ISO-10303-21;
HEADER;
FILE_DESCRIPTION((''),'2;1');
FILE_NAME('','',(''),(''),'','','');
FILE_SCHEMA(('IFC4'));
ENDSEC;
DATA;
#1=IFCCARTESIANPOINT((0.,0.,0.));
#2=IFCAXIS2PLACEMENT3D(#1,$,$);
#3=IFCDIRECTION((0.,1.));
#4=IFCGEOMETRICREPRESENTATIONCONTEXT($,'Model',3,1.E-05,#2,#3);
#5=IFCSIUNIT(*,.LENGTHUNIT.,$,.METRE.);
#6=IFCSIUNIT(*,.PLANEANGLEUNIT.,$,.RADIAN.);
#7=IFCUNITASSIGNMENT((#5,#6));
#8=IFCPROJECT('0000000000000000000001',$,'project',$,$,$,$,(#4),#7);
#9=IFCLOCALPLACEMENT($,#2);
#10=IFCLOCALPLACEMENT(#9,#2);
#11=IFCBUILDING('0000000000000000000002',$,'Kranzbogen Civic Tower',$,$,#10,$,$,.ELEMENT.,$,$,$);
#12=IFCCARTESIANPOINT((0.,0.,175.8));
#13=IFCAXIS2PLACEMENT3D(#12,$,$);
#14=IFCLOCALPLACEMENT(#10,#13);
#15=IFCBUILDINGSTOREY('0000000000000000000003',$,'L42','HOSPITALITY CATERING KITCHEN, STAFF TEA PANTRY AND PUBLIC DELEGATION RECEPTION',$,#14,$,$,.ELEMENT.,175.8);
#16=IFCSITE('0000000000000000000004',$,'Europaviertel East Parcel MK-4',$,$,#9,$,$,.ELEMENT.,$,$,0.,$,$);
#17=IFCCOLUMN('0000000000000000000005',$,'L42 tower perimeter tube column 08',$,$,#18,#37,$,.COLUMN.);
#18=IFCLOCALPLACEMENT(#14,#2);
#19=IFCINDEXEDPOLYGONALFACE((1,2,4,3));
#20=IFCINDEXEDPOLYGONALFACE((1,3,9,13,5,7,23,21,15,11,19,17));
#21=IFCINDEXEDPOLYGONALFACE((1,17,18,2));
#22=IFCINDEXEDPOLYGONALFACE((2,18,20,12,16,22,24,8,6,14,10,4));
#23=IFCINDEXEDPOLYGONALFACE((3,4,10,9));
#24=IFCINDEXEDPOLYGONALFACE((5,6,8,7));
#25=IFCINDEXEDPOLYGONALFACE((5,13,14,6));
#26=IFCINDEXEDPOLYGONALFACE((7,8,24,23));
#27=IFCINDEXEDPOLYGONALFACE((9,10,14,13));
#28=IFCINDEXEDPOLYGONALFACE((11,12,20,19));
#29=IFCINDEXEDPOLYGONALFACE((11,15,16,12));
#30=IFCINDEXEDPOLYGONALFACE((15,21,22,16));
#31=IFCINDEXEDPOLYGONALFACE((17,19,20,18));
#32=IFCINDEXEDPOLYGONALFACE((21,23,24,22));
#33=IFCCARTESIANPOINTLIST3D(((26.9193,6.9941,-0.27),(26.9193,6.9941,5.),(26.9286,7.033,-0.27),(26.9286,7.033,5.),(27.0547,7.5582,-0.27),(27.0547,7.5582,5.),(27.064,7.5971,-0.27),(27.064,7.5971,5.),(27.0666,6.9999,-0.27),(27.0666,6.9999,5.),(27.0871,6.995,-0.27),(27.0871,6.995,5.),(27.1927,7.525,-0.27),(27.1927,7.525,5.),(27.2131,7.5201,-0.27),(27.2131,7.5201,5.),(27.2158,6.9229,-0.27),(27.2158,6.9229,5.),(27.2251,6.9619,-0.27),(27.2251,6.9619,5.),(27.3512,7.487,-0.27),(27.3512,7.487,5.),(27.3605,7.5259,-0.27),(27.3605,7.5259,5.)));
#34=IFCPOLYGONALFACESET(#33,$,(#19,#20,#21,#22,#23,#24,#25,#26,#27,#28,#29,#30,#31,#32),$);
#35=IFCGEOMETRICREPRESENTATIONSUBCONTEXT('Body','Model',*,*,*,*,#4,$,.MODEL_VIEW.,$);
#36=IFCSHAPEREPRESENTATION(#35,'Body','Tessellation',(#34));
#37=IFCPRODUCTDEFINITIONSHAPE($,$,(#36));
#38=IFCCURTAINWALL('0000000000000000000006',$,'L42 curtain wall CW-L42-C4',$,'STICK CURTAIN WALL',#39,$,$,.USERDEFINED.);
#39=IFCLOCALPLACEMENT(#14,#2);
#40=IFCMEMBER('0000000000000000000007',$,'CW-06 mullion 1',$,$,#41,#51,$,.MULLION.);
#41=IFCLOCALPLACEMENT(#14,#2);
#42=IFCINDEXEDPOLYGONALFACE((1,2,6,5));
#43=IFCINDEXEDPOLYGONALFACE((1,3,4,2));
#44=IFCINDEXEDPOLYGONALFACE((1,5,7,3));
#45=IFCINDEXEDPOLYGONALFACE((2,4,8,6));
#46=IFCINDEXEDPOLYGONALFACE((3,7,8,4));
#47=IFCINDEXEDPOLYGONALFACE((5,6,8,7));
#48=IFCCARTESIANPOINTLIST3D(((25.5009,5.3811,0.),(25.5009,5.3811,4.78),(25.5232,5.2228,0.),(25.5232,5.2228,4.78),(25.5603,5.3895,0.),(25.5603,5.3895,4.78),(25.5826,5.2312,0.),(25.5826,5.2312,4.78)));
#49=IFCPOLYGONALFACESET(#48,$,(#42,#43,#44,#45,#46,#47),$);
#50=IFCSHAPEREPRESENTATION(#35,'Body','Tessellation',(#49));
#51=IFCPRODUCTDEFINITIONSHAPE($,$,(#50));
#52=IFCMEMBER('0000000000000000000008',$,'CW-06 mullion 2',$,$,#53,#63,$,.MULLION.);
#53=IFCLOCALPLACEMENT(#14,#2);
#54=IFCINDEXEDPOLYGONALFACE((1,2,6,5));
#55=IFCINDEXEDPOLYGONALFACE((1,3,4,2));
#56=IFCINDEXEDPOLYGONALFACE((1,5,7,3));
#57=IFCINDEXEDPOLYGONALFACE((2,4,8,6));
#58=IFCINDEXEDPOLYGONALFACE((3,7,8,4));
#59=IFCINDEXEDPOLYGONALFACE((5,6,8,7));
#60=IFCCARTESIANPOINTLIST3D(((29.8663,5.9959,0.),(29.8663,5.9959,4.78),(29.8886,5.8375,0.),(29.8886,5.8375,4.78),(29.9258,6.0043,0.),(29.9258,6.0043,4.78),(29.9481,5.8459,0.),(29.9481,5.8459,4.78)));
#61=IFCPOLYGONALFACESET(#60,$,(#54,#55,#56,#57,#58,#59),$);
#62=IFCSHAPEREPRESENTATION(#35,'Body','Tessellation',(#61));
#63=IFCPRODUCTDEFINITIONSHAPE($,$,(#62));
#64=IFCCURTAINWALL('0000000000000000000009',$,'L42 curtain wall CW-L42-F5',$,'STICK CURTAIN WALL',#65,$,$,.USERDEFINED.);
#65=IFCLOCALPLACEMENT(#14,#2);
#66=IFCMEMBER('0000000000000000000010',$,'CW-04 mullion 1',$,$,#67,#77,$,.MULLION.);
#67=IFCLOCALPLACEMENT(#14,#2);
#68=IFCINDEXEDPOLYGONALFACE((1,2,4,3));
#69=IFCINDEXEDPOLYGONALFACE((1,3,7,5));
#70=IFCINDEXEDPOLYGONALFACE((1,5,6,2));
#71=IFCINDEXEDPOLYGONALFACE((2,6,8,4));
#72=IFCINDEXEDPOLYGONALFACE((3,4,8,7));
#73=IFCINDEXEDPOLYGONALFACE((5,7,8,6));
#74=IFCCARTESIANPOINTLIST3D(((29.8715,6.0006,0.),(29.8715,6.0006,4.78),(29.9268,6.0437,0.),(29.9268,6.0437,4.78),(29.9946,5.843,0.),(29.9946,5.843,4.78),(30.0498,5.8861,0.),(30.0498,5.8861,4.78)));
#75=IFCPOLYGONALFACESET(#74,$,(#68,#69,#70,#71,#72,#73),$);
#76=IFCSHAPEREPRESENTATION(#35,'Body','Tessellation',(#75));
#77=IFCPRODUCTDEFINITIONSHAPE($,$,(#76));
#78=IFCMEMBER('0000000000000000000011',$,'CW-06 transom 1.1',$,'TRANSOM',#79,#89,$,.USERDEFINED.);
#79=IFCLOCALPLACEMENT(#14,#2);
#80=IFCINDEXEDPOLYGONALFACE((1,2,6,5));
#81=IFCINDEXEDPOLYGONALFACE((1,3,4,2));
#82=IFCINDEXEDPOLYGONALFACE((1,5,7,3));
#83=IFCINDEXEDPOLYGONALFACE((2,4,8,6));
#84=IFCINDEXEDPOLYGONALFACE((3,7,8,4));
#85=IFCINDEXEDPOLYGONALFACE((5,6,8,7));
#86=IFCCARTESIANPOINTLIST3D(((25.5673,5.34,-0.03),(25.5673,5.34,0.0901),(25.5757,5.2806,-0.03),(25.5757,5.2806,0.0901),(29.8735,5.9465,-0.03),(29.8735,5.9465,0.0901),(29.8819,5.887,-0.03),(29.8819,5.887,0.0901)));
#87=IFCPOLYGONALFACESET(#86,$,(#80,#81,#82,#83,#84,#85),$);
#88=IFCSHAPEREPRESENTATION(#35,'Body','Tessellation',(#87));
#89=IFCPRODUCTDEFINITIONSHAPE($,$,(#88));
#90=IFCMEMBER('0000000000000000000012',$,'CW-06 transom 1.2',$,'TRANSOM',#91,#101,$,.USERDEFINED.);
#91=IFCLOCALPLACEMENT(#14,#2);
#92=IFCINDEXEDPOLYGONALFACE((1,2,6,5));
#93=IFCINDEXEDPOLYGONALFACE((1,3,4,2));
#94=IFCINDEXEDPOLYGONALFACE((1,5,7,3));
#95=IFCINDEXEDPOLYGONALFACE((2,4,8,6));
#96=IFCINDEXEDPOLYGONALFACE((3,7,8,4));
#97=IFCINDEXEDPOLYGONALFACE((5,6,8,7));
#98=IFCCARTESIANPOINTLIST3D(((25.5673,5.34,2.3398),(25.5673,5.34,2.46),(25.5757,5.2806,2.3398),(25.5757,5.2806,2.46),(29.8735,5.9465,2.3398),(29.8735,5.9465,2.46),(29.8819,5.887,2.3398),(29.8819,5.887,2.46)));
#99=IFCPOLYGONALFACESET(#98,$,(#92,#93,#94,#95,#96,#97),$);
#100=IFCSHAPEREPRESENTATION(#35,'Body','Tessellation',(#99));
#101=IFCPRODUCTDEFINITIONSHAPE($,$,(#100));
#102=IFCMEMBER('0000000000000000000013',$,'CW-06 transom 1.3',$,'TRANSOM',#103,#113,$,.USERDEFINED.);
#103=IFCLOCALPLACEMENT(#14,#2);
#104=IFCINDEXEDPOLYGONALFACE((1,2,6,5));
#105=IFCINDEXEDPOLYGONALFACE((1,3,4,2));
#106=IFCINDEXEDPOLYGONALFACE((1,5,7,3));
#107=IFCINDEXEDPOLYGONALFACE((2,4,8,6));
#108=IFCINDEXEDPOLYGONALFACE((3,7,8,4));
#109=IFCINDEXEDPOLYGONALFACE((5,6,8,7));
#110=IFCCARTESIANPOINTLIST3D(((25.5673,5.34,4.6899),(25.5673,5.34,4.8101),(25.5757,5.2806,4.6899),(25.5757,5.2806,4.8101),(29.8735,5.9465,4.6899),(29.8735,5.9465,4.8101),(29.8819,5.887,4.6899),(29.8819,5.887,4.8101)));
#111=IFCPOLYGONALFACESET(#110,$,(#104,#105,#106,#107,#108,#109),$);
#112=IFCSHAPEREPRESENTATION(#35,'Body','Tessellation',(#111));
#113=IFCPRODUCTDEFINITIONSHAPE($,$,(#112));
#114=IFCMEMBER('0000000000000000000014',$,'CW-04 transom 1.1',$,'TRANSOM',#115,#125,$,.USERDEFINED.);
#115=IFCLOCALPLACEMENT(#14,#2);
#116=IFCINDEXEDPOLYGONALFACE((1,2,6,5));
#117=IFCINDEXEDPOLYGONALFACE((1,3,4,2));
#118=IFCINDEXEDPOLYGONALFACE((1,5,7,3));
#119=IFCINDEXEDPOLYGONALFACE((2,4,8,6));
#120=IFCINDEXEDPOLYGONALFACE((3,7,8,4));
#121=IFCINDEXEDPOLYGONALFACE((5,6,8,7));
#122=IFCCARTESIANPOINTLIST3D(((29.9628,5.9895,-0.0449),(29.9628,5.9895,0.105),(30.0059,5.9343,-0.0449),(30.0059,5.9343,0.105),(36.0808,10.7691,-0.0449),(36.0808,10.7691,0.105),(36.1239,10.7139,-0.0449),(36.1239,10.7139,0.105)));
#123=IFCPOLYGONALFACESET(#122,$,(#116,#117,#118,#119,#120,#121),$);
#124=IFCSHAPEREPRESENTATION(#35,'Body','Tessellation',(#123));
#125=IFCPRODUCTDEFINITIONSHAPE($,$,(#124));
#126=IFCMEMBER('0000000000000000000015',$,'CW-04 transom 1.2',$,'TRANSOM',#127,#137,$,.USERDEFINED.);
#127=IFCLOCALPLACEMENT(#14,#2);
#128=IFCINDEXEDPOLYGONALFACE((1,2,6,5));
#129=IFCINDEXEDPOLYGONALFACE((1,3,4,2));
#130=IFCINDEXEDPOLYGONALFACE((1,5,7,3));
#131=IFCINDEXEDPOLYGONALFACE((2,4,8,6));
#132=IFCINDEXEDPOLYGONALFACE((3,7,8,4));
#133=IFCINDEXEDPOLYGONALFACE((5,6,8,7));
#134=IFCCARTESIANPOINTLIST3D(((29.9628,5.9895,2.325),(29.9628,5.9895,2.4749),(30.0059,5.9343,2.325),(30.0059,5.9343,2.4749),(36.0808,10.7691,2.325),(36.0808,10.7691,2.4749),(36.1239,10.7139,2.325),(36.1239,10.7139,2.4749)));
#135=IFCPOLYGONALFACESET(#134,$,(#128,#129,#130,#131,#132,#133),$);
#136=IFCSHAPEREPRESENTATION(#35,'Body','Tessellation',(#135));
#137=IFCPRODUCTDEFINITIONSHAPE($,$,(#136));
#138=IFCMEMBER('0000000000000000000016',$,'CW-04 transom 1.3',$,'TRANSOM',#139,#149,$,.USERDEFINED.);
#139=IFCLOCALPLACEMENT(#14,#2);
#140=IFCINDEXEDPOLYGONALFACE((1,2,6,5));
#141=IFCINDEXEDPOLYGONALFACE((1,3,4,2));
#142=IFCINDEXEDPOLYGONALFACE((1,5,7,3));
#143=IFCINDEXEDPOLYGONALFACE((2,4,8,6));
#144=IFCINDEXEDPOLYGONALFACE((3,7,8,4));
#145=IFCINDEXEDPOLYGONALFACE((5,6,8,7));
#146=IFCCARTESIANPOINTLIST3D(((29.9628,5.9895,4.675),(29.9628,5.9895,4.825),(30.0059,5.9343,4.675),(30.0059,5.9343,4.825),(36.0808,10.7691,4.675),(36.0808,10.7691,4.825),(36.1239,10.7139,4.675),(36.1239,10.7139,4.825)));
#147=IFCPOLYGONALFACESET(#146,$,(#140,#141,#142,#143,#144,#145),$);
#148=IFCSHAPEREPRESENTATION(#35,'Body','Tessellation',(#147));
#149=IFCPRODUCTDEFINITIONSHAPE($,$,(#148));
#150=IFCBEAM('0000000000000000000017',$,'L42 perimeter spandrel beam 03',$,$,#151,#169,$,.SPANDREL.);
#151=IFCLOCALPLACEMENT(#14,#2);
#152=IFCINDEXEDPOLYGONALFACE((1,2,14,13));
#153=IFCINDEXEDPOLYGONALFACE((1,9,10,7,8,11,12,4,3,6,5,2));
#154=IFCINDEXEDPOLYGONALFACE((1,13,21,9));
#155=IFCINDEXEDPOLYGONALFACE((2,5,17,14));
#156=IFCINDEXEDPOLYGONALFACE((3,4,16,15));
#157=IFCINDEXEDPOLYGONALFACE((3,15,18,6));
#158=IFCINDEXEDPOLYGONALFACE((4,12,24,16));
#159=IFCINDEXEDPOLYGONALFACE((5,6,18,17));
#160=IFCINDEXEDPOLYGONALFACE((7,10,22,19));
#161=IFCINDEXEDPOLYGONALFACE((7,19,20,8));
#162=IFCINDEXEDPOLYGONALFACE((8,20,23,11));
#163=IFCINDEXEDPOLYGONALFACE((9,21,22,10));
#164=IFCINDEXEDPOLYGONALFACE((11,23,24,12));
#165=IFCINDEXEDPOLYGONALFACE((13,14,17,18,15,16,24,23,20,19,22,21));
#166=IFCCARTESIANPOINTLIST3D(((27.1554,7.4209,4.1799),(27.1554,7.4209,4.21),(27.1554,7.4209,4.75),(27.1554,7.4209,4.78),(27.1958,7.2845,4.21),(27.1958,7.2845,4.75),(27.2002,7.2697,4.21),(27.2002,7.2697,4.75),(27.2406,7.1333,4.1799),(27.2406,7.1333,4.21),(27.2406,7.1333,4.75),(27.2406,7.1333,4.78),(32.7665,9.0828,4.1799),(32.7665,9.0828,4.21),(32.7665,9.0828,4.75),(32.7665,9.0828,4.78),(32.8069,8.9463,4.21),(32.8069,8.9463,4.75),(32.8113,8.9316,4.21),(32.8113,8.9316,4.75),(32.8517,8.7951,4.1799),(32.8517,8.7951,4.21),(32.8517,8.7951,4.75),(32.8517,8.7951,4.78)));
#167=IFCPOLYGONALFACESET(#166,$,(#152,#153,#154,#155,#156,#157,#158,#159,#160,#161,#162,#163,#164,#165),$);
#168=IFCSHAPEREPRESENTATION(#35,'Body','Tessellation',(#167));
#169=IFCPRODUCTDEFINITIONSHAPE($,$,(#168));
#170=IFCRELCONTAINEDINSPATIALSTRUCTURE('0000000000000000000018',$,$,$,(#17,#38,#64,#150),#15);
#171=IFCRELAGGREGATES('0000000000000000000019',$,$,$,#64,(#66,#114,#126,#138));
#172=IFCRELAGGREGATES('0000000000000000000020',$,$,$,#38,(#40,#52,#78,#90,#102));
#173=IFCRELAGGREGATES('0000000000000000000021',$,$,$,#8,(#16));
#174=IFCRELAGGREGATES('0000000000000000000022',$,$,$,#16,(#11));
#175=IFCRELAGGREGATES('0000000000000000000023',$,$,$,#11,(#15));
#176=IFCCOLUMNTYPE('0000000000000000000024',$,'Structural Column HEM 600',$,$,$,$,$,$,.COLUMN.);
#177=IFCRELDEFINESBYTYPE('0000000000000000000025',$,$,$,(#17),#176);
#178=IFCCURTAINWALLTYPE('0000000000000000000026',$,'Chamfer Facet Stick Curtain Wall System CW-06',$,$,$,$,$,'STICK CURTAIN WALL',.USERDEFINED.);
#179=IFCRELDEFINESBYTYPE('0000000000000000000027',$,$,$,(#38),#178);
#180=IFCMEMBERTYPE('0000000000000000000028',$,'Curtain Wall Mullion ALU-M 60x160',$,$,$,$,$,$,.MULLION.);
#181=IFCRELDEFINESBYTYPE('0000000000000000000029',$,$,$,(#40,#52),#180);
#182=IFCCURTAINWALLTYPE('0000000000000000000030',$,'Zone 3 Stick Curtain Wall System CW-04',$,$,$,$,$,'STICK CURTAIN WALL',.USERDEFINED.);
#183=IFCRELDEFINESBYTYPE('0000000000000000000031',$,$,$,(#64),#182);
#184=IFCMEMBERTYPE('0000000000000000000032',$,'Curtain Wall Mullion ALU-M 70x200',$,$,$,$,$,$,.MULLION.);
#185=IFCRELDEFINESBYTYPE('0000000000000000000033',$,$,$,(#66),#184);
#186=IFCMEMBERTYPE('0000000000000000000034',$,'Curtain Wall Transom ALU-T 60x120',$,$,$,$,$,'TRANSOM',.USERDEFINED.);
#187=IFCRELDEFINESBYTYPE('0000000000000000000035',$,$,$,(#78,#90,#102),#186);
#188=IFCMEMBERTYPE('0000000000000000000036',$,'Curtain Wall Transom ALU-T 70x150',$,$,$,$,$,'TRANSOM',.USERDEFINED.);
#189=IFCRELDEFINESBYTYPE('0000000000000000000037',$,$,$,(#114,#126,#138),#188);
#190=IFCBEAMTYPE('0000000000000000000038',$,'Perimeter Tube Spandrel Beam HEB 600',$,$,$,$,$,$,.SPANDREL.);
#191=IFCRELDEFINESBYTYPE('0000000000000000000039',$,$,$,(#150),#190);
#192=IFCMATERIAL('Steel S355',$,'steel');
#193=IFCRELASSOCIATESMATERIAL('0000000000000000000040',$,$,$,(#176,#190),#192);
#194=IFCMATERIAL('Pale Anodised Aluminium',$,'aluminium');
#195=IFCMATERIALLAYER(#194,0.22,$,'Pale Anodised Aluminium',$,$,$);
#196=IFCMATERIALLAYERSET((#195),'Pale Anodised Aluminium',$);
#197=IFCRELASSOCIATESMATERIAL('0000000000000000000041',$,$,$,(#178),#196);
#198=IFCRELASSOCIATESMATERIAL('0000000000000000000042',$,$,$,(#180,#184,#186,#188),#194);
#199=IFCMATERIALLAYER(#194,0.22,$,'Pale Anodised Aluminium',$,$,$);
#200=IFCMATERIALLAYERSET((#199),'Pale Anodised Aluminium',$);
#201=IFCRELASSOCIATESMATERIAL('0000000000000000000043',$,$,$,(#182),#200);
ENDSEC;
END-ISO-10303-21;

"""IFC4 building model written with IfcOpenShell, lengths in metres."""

from ifc_helpers import new_model, si_unit, direction, frame, origin, origin_2d, place, context, subcontext, project, spatial, rectangle, i_section, extrude, material, layer, layer_set, material_profile, profile_set, type_object, element, aggregate, save


model = new_model("IFC4")

# Units and contexts
model_context = context("Model", 3, precision=1e-05, world=origin(), true_north=direction((0.0, 1.0)))
body_context = subcontext(model_context, "Body", "Model", "MODEL_VIEW")
ifc_project = project(units=[si_unit("LENGTHUNIT", "METRE"), si_unit("PLANEANGLEUNIT", "RADIAN")], contexts=[model_context])

# Site, building, storey
site_placement = place(None, origin())
site = spatial("IfcSite", under=ifc_project, at=site_placement, Name="Europaviertel East Parcel MK-4", CompositionType="ELEMENT", RefElevation=0.0)
building_placement = place(site_placement, origin())
building = spatial("IfcBuilding", under=site, at=building_placement, Name="Kranzbogen Civic Tower", CompositionType="ELEMENT")
storey_placement = place(building_placement, frame((0.0, 0.0, 175.8)))
storey = spatial("IfcBuildingStorey", under=building, at=storey_placement, Name="L42", Description="HOSPITALITY CATERING KITCHEN, STAFF TEA PANTRY AND PUBLIC DELEGATION RECEPTION", CompositionType="ELEMENT", Elevation=175.8)

# Column
ifc_material_1 = material(Name="Steel S355", Category="steel")
ifc_material_profile_1 = material_profile(ifc_material_1, i_section(OverallWidth=0.3049, OverallDepth=0.6201, WebThickness=0.021, FlangeThickness=0.04, at=origin_2d()), Name="HEM 600")
ifc_profile_set_1 = profile_set([ifc_material_profile_1], Name="Steel S355")
column_type = type_object("IfcColumnType", Name="Structural Column HEM 600", PredefinedType="COLUMN", material=ifc_profile_set_1)
column_placement = place(storey_placement, frame((27.1399, 7.26, -0.27), z_axis=(0.0, 0.0, 1.0), x_axis=(-0.97237, 0.233445, 0.0)))
element("IfcColumn", 1, at=column_placement, inside=storey, type_object=column_type, Name="L42 tower perimeter tube column 08", PredefinedType="COLUMN", context=body_context, shape_type="SweptSolid", body=[
    extrude(i_section(OverallWidth=0.3049, OverallDepth=0.6201, WebThickness=0.021, FlangeThickness=0.04, at=origin_2d()), origin(), (0.0, 0.0, 1.0), 5.27),
])

# Curtain wall, members
ifc_material_2 = material(Name="Pale Anodised Aluminium", Category="aluminium")
ifc_layer_1 = layer(ifc_material_2, 0.22, Name="Pale Anodised Aluminium")
ifc_layer_set_1 = layer_set([ifc_layer_1], Name="Pale Anodised Aluminium")
curtain_wall_type_1 = type_object("IfcCurtainWallType", Name="Chamfer Facet Stick Curtain Wall System CW-06", ElementType="STICK CURTAIN WALL", PredefinedType="USERDEFINED", material=ifc_layer_set_1)
curtain_wall_1_placement = place(storey_placement, origin())
curtain_wall_1 = element("IfcCurtainWall", 2, at=curtain_wall_1_placement, inside=storey, type_object=curtain_wall_type_1, Name="L42 curtain wall CW-L42-C4", ObjectType="STICK CURTAIN WALL", PredefinedType="USERDEFINED")
ifc_material_profile_2 = material_profile(ifc_material_2, rectangle(XDim=0.0601, YDim=0.1599, at=origin_2d()), Name="ALU-M 60x160")
ifc_profile_set_2 = profile_set([ifc_material_profile_2], Name="Pale Anodised Aluminium")
member_type_1 = type_object("IfcMemberType", Name="Curtain Wall Mullion ALU-M 60x160", PredefinedType="MULLION", material=ifc_profile_set_2)
member_1_placement = place(storey_placement, frame((25.5417, 5.3062, 0.0), z_axis=(0.0, 0.0, 1.0), x_axis=(0.990234, 0.139416, 0.0)))
member_1 = element("IfcMember", 3, at=member_1_placement, type_object=member_type_1, Name="CW-06 mullion 1", PredefinedType="MULLION", context=body_context, shape_type="SweptSolid", body=[
    extrude(rectangle(XDim=0.0601, YDim=0.1599, at=origin_2d()), origin(), (0.0, 0.0, 1.0), 4.78),
])
member_2_placement = place(storey_placement, frame((29.9072, 5.9209, 0.0), z_axis=(0.0, 0.0, 1.0), x_axis=(0.990234, 0.139416, 0.0)))
member_2 = element("IfcMember", 4, at=member_2_placement, type_object=member_type_1, Name="CW-06 mullion 2", PredefinedType="MULLION", context=body_context, shape_type="SweptSolid", body=[
    extrude(rectangle(XDim=0.0601, YDim=0.1599, at=origin_2d()), origin(), (0.0, 0.0, 1.0), 4.78),
])

# Curtain wall, member
ifc_layer_2 = layer(ifc_material_2, 0.22, Name="Pale Anodised Aluminium")
ifc_layer_set_2 = layer_set([ifc_layer_2], Name="Pale Anodised Aluminium")
curtain_wall_type_2 = type_object("IfcCurtainWallType", Name="Zone 3 Stick Curtain Wall System CW-04", ElementType="STICK CURTAIN WALL", PredefinedType="USERDEFINED", material=ifc_layer_set_2)
curtain_wall_2_placement = place(storey_placement, origin())
curtain_wall_2 = element("IfcCurtainWall", 5, at=curtain_wall_2_placement, inside=storey, type_object=curtain_wall_type_2, Name="L42 curtain wall CW-L42-F5", ObjectType="STICK CURTAIN WALL", PredefinedType="USERDEFINED")
ifc_material_profile_3 = material_profile(ifc_material_2, rectangle(XDim=0.0701, YDim=0.2, at=origin_2d()), Name="ALU-M 70x200")
ifc_profile_set_3 = profile_set([ifc_material_profile_3], Name="Pale Anodised Aluminium")
member_type_2 = type_object("IfcMemberType", Name="Curtain Wall Mullion ALU-M 70x200", PredefinedType="MULLION", material=ifc_profile_set_3)
member_3_placement = place(storey_placement, frame((29.9607, 5.9434, 0.0), z_axis=(0.0, 0.0, 1.0), x_axis=(0.788034, 0.615632, 0.0)))
member_3 = element("IfcMember", 6, at=member_3_placement, type_object=member_type_2, Name="CW-04 mullion 1", PredefinedType="MULLION", context=body_context, shape_type="SweptSolid", body=[
    extrude(rectangle(XDim=0.0701, YDim=0.2, at=origin_2d()), origin(), (0.0, 0.0, 1.0), 4.78),
])

# Members
ifc_material_profile_4 = material_profile(ifc_material_2, rectangle(XDim=0.0601, YDim=0.1201, at=origin_2d()), Name="ALU-T 60x120")
ifc_profile_set_4 = profile_set([ifc_material_profile_4], Name="Pale Anodised Aluminium")
member_type_3 = type_object("IfcMemberType", Name="Curtain Wall Transom ALU-T 60x120", ElementType="TRANSOM", PredefinedType="USERDEFINED", material=ifc_profile_set_4)
member_4_placement = place(storey_placement, frame((25.5715, 5.3103, 0.03), z_axis=(0.990228, 0.139456, 0.0), x_axis=(-0.139456, 0.990228, 0.0)))
member_4 = element("IfcMember", 7, at=member_4_placement, type_object=member_type_3, Name="CW-06 transom 1.1", ObjectType="TRANSOM", PredefinedType="USERDEFINED", context=body_context, shape_type="SweptSolid", body=[
    extrude(rectangle(XDim=0.0601, YDim=0.1201, at=origin_2d()), origin(), (0.0, 0.0, 1.0), 4.3486),
])
member_5_placement = place(storey_placement, frame((25.5715, 5.3103, 2.3999), z_axis=(0.990228, 0.139456, 0.0), x_axis=(-0.139456, 0.990228, 0.0)))
member_5 = element("IfcMember", 8, at=member_5_placement, type_object=member_type_3, Name="CW-06 transom 1.2", ObjectType="TRANSOM", PredefinedType="USERDEFINED", context=body_context, shape_type="SweptSolid", body=[
    extrude(rectangle(XDim=0.0601, YDim=0.1201, at=origin_2d()), origin(), (0.0, 0.0, 1.0), 4.3486),
])
member_6_placement = place(storey_placement, frame((25.5715, 5.3103, 4.75), z_axis=(0.990228, 0.139456, 0.0), x_axis=(-0.139456, 0.990228, 0.0)))
member_6 = element("IfcMember", 9, at=member_6_placement, type_object=member_type_3, Name="CW-06 transom 1.3", ObjectType="TRANSOM", PredefinedType="USERDEFINED", context=body_context, shape_type="SweptSolid", body=[
    extrude(rectangle(XDim=0.0601, YDim=0.1201, at=origin_2d()), origin(), (0.0, 0.0, 1.0), 4.3486),
])
ifc_material_profile_5 = material_profile(ifc_material_2, rectangle(XDim=0.0701, YDim=0.1499, at=origin_2d()), Name="ALU-T 70x150")
ifc_profile_set_5 = profile_set([ifc_material_profile_5], Name="Pale Anodised Aluminium")
member_type_4 = type_object("IfcMemberType", Name="Curtain Wall Transom ALU-T 70x150", ElementType="TRANSOM", PredefinedType="USERDEFINED", material=ifc_profile_set_5)
member_7_placement = place(storey_placement, frame((29.9844, 5.9619, 0.03), z_axis=(0.78803, 0.615637, 0.0), x_axis=(-0.615637, 0.78803, 0.0)))
member_7 = element("IfcMember", 10, at=member_7_placement, type_object=member_type_4, Name="CW-04 transom 1.1", ObjectType="TRANSOM", PredefinedType="USERDEFINED", context=body_context, shape_type="SweptSolid", body=[
    extrude(rectangle(XDim=0.0701, YDim=0.1499, at=origin_2d()), origin(), (0.0, 0.0, 1.0), 7.7637),
])
member_8_placement = place(storey_placement, frame((29.9844, 5.9619, 2.3999), z_axis=(0.78803, 0.615637, 0.0), x_axis=(-0.615637, 0.78803, 0.0)))
member_8 = element("IfcMember", 11, at=member_8_placement, type_object=member_type_4, Name="CW-04 transom 1.2", ObjectType="TRANSOM", PredefinedType="USERDEFINED", context=body_context, shape_type="SweptSolid", body=[
    extrude(rectangle(XDim=0.0701, YDim=0.1499, at=origin_2d()), origin(), (0.0, 0.0, 1.0), 7.7637),
])
member_9_placement = place(storey_placement, frame((29.9844, 5.9619, 4.75), z_axis=(0.78803, 0.615637, 0.0), x_axis=(-0.615637, 0.78803, 0.0)))
member_9 = element("IfcMember", 12, at=member_9_placement, type_object=member_type_4, Name="CW-04 transom 1.3", ObjectType="TRANSOM", PredefinedType="USERDEFINED", context=body_context, shape_type="SweptSolid", body=[
    extrude(rectangle(XDim=0.0701, YDim=0.1499, at=origin_2d()), origin(), (0.0, 0.0, 1.0), 7.7637),
])
aggregate(curtain_wall_2, [member_3, member_7, member_8, member_9])

# Beam
ifc_material_profile_6 = material_profile(ifc_material_1, i_section(OverallWidth=0.3, OverallDepth=0.6001, WebThickness=0.0154, FlangeThickness=0.03, at=origin_2d()), Name="HEB 600")
ifc_profile_set_6 = profile_set([ifc_material_profile_6], Name="Steel S355")
beam_type_1 = type_object("IfcBeamType", Name="Perimeter Tube Spandrel Beam HEB 600", PredefinedType="SPANDREL", material=ifc_profile_set_6)
beam_1_placement = place(storey_placement, frame((27.198, 7.2771, 4.48), z_axis=(0.95883, 0.283982, 0.0), x_axis=(-0.283982, 0.95883, 0.0)))
element("IfcBeam", 13, at=beam_1_placement, inside=storey, type_object=beam_type_1, Name="L42 perimeter spandrel beam 03", PredefinedType="SPANDREL", context=body_context, shape_type="SweptSolid", body=[
    extrude(i_section(OverallWidth=0.3, OverallDepth=0.6001, WebThickness=0.0154, FlangeThickness=0.03, at=origin_2d()), origin(), (0.0, 0.0, 1.0), 5.8521),
])

aggregate(curtain_wall_1, [member_1, member_2, member_4, member_5, member_6])

save(model, "model.ifc")
